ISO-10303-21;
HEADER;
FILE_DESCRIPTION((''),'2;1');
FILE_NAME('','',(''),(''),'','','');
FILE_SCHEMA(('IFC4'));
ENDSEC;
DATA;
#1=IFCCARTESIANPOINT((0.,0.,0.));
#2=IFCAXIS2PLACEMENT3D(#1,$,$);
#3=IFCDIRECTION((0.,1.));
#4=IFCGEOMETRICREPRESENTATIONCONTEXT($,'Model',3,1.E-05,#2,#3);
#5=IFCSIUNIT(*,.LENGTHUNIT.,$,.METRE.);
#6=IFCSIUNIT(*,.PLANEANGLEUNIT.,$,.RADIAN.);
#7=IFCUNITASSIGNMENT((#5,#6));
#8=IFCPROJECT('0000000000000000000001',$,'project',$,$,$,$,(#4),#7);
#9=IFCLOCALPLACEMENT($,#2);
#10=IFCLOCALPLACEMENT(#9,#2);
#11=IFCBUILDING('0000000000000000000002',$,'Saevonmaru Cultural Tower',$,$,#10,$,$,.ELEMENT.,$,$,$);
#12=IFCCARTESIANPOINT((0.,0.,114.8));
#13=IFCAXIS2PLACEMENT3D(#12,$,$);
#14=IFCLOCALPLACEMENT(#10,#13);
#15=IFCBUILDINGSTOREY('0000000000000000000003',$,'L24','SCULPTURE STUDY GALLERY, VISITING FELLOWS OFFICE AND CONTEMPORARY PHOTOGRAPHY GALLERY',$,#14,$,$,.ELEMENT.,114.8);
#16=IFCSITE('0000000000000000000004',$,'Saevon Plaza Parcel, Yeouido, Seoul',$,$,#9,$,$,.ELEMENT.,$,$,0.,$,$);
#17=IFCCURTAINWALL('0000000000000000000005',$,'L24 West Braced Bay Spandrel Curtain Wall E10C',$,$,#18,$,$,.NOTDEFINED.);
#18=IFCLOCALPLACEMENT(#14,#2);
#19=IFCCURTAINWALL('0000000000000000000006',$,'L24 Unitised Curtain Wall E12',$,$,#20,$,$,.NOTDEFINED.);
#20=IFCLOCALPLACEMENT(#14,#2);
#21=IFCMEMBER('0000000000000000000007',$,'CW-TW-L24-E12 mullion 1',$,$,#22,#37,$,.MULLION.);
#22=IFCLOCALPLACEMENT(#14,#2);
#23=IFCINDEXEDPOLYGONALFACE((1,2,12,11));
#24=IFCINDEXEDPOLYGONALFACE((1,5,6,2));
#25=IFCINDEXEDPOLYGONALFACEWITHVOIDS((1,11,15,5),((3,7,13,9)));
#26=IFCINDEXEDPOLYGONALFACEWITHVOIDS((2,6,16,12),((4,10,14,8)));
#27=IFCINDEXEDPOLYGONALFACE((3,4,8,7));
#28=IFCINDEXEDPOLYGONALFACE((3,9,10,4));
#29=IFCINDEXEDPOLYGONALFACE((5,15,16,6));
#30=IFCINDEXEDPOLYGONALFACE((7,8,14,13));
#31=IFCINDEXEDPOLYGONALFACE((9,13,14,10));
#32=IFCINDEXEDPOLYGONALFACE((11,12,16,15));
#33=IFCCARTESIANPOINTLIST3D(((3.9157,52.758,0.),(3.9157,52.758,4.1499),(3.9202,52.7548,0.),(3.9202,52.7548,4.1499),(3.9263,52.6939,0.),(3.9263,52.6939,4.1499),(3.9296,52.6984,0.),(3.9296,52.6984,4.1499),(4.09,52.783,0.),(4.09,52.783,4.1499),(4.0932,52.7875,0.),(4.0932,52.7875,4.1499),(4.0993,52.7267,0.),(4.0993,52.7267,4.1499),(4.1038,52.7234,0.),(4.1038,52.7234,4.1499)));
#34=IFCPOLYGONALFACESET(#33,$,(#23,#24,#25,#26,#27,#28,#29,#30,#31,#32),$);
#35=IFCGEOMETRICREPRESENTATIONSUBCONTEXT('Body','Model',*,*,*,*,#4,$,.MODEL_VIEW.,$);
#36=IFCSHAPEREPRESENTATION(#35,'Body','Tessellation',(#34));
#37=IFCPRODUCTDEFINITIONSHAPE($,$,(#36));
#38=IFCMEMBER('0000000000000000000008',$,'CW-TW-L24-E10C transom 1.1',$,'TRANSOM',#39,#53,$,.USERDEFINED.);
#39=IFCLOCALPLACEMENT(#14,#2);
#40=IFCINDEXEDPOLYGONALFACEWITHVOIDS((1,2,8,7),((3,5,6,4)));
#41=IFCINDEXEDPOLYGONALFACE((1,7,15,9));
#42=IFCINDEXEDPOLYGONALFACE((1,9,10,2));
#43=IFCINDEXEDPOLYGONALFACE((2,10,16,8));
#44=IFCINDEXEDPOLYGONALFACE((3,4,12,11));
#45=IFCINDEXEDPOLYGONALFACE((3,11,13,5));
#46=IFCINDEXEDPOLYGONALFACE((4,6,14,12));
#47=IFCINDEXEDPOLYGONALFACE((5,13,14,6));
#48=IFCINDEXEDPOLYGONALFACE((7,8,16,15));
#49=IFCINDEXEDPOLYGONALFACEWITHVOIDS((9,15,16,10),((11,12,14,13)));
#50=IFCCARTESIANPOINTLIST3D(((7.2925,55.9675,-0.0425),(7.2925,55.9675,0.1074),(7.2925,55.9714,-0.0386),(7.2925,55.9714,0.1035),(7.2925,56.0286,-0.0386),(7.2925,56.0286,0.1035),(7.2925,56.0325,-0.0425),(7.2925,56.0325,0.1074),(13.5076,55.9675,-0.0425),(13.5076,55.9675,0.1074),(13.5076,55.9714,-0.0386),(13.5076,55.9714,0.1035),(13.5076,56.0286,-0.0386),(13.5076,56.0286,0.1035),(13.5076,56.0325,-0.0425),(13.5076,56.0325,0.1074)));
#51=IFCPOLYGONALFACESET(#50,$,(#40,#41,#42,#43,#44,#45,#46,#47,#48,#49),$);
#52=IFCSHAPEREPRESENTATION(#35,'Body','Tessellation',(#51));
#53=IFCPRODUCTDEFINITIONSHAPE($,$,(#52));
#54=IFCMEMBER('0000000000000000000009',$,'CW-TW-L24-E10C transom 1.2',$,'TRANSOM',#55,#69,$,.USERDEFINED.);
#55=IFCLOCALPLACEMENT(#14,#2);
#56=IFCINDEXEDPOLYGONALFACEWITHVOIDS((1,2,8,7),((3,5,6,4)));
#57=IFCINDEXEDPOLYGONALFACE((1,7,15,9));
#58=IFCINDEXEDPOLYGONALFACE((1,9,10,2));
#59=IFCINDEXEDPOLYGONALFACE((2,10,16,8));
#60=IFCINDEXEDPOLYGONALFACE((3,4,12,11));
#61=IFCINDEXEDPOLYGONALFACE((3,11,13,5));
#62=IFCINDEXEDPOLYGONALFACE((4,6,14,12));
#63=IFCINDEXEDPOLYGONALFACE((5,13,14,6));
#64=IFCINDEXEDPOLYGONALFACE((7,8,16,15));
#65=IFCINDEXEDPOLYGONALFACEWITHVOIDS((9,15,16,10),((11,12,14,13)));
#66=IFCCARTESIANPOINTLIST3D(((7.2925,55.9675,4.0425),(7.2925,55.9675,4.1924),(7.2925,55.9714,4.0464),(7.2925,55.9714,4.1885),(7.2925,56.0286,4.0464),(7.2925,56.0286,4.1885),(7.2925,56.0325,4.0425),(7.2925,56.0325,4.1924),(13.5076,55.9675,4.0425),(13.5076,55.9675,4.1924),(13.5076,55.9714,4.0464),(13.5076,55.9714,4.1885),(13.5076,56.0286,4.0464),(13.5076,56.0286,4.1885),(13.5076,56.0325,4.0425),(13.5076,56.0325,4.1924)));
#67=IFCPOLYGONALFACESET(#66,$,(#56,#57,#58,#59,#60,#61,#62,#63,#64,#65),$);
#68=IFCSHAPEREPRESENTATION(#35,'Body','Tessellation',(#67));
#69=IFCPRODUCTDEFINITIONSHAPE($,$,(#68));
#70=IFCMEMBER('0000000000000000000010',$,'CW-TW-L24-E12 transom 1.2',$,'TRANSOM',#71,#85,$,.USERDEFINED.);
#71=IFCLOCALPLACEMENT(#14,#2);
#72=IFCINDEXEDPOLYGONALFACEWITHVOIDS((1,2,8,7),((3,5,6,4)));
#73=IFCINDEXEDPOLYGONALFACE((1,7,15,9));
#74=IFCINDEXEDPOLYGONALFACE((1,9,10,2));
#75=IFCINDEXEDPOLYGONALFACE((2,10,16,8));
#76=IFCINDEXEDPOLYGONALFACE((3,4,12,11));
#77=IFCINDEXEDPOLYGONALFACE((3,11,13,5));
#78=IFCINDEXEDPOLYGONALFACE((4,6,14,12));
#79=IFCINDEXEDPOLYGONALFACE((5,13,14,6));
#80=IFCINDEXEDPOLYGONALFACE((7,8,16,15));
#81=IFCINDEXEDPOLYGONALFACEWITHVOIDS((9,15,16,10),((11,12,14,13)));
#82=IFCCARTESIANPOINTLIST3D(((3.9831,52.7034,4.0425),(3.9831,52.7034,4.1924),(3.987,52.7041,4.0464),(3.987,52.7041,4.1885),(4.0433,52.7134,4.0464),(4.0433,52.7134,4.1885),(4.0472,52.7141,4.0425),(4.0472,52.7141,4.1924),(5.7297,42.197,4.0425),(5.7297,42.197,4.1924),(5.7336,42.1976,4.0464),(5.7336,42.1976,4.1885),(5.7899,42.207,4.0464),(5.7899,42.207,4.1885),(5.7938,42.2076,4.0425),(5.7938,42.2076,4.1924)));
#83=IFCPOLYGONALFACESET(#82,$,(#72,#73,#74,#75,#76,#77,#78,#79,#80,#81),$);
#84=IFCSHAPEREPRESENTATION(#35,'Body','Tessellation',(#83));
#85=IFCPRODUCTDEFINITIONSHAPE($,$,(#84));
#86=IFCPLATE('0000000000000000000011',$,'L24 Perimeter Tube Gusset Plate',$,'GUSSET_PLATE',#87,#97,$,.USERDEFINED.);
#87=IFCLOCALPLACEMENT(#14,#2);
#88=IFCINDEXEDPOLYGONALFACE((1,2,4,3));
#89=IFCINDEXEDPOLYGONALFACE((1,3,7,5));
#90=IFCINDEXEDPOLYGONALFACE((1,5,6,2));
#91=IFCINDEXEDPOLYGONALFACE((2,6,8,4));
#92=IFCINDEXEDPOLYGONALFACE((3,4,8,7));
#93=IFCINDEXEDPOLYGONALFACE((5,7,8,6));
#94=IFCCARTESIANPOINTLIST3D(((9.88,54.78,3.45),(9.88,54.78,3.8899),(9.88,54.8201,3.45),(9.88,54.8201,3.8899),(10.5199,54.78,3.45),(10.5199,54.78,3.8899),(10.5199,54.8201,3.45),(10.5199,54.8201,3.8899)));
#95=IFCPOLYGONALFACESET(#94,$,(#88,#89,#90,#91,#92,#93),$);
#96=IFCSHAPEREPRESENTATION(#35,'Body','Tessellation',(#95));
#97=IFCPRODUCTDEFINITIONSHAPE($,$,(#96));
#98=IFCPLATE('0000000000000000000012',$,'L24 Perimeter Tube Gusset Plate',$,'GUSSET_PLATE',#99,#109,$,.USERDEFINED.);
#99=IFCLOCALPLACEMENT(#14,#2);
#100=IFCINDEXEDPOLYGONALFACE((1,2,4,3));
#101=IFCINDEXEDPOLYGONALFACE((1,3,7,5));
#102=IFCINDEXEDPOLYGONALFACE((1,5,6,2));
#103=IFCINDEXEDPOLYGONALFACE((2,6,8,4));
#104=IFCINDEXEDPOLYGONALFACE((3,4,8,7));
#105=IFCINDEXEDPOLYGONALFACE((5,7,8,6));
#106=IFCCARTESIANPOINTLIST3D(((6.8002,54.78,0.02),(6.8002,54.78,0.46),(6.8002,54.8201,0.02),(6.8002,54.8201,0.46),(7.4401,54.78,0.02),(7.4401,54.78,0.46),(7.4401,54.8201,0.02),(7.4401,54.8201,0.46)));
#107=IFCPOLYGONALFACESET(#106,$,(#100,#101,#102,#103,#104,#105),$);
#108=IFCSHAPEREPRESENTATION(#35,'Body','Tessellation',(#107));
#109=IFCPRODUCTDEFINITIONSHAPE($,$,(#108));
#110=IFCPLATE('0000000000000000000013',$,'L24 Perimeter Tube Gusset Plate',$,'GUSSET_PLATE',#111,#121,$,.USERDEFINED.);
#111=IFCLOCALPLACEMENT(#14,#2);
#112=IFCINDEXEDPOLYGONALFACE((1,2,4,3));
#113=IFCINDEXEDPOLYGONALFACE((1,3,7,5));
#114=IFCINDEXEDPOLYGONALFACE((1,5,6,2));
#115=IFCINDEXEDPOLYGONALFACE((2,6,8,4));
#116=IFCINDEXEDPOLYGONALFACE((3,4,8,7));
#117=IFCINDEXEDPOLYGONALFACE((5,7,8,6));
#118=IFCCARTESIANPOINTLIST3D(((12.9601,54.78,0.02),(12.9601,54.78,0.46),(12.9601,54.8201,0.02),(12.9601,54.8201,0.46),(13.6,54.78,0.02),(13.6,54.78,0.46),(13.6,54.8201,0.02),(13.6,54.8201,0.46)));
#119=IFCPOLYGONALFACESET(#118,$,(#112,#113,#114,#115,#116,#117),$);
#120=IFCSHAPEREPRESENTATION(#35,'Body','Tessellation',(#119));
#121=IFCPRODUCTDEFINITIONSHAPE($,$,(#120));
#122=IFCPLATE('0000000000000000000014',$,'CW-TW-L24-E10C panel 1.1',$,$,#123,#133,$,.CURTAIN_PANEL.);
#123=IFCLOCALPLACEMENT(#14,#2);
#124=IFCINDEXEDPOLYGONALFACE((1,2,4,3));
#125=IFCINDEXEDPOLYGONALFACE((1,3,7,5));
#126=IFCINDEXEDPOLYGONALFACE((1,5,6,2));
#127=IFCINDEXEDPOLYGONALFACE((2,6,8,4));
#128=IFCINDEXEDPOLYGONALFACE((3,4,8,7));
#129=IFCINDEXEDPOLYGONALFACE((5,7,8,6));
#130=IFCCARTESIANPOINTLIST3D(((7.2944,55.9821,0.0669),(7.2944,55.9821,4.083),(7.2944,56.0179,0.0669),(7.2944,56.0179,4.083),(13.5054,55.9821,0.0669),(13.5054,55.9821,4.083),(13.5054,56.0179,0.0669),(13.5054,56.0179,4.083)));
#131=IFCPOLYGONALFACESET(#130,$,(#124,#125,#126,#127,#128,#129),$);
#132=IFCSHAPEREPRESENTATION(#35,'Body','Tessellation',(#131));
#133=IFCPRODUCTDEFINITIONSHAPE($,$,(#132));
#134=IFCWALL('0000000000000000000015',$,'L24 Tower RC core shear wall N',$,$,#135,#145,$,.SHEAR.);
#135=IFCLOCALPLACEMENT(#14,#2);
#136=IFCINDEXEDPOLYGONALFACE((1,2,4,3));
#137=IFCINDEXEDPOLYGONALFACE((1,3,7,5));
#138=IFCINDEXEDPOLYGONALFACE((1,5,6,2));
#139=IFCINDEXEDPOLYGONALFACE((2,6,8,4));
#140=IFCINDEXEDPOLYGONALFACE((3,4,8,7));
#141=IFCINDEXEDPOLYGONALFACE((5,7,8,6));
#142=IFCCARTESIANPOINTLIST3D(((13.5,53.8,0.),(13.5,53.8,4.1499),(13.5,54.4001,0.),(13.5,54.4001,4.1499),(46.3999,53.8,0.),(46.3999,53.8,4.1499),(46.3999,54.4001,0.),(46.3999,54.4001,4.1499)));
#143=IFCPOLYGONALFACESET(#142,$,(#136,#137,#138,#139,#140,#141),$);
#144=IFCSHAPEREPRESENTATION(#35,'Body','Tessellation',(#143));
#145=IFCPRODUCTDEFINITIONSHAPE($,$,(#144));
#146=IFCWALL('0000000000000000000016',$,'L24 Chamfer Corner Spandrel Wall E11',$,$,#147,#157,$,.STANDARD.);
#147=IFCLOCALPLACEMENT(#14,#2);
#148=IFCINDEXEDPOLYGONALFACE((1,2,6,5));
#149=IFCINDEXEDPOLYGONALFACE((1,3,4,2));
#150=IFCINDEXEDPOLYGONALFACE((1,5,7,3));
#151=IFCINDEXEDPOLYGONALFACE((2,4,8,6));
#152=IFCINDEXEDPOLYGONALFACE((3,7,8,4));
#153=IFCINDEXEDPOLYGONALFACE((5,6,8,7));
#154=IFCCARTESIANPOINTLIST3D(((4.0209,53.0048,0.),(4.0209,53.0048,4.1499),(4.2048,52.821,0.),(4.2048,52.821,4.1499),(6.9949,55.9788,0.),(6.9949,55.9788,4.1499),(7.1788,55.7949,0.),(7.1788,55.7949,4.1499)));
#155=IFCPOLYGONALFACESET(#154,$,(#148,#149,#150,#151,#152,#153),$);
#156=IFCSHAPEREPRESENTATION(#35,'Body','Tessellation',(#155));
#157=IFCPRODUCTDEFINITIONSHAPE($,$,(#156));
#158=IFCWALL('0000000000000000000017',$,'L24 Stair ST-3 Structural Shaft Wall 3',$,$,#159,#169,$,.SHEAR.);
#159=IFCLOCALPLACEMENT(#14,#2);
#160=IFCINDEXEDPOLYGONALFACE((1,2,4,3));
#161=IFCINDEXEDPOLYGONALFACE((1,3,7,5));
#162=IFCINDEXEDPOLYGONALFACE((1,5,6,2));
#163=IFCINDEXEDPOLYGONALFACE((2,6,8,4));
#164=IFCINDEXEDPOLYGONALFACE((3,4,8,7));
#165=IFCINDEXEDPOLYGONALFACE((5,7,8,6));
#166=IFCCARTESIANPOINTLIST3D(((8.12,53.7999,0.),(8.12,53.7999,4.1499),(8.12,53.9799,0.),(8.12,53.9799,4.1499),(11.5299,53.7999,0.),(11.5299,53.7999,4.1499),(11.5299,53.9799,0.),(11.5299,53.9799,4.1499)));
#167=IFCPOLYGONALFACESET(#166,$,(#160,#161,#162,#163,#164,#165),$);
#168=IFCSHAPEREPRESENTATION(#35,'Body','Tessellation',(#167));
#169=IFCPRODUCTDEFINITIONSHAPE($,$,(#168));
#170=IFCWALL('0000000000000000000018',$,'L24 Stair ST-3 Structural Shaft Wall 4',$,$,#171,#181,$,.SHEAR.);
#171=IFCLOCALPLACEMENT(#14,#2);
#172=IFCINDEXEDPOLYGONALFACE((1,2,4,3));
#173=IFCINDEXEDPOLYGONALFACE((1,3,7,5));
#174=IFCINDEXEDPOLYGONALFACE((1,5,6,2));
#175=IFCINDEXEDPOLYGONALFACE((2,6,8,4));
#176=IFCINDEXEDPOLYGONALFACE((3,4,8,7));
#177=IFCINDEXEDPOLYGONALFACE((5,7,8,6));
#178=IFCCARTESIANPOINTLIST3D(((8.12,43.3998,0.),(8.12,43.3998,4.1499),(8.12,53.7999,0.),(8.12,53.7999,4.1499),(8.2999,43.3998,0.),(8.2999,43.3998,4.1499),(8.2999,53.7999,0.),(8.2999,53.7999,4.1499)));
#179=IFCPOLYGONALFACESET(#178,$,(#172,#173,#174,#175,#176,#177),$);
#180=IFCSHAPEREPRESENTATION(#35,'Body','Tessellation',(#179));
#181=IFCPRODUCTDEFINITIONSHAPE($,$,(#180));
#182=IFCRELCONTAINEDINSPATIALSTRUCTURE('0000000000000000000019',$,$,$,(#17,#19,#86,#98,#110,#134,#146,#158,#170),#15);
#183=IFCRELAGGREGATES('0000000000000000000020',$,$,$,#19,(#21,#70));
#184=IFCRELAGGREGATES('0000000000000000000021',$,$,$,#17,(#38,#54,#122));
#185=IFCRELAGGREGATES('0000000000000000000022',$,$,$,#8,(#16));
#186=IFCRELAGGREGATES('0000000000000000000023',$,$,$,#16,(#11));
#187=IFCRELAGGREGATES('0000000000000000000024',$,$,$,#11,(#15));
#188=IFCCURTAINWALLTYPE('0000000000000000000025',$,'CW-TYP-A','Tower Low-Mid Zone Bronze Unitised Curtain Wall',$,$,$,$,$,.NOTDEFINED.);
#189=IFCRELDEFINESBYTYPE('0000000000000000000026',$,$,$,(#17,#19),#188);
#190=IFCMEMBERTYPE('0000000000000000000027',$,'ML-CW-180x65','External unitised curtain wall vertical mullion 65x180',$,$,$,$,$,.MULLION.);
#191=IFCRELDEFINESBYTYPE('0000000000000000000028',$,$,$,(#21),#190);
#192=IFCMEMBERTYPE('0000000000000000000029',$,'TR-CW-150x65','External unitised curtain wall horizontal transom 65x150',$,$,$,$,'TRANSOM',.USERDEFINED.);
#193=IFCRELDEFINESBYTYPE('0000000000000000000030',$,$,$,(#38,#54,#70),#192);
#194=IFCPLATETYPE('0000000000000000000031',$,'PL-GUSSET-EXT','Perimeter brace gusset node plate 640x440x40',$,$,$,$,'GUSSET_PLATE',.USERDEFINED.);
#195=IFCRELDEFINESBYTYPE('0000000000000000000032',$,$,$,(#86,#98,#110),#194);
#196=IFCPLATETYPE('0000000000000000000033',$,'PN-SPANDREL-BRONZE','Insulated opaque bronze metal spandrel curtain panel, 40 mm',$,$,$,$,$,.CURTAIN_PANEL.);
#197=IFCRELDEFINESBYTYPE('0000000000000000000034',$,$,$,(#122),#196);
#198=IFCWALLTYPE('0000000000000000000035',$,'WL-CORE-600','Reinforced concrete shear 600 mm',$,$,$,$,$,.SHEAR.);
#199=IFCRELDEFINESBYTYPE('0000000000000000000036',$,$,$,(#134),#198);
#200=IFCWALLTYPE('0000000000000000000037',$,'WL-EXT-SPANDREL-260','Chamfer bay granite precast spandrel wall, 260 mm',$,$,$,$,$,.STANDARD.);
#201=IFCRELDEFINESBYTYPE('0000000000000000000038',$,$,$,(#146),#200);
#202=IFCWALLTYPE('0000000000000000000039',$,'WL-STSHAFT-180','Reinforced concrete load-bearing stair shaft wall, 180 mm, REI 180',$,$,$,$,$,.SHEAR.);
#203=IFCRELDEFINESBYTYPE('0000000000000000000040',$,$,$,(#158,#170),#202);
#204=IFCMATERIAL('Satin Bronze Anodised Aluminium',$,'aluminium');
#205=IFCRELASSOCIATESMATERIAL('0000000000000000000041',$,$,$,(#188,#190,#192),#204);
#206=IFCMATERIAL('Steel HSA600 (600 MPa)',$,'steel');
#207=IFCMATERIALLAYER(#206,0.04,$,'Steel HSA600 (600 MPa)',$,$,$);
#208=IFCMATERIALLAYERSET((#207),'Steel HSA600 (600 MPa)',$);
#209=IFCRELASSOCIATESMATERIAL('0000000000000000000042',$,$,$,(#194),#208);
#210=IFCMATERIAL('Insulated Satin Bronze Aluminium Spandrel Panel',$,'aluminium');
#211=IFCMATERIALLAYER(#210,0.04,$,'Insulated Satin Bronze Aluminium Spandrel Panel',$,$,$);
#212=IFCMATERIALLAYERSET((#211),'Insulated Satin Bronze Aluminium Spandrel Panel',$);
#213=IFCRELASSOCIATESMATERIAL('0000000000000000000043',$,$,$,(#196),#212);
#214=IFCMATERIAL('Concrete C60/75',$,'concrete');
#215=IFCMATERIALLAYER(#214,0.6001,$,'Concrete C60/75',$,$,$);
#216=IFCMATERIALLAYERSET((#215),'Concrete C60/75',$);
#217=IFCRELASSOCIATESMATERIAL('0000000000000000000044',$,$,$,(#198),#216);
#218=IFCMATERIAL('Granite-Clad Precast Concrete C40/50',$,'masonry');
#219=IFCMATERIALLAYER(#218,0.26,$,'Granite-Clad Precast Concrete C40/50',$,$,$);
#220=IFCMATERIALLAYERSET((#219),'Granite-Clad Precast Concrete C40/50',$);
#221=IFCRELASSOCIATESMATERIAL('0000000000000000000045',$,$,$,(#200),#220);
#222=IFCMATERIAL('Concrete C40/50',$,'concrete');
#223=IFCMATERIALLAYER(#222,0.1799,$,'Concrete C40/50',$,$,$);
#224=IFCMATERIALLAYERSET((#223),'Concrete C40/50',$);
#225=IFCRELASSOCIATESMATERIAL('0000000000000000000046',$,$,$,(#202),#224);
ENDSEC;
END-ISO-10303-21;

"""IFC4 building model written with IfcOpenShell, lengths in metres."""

from ifc_helpers import new_model, si_unit, direction, frame, frame_2d, origin, origin_2d, place, context, subcontext, project, spatial, rectangle, hollow_rectangle, extrude, material, layer, layer_set, material_profile, profile_set, type_object, element, aggregate, save


model = new_model("IFC4")

# Units and contexts
model_context = context("Model", 3, precision=1e-05, world=origin(), true_north=direction((0.0, 1.0)))
body_context = subcontext(model_context, "Body", "Model", "MODEL_VIEW")
ifc_project = project(units=[si_unit("LENGTHUNIT", "METRE"), si_unit("PLANEANGLEUNIT", "RADIAN")], contexts=[model_context])

# Site, building, storey
site_placement = place(None, origin())
site = spatial("IfcSite", under=ifc_project, at=site_placement, Name="Saevon Plaza Parcel, Yeouido, Seoul", CompositionType="ELEMENT", RefElevation=0.0)
building_placement = place(site_placement, origin())
building = spatial("IfcBuilding", under=site, at=building_placement, Name="Saevonmaru Cultural Tower", CompositionType="ELEMENT")
storey_placement = place(building_placement, frame((0.0, 0.0, 114.8)))
storey = spatial("IfcBuildingStorey", under=building, at=storey_placement, Name="L24", Description="SCULPTURE STUDY GALLERY, VISITING FELLOWS OFFICE AND CONTEMPORARY PHOTOGRAPHY GALLERY", CompositionType="ELEMENT", Elevation=114.8)

# Shared definitions
ifc_material_1 = material(Name="Steel HSA600 (600 MPa)", Category="steel")

# Shared definitions
ifc_material_2 = material(Name="Satin Bronze Anodised Aluminium", Category="aluminium")
curtain_wall_type = type_object("IfcCurtainWallType", Name="CW-TYP-A", Description="Tower Low-Mid Zone Bronze Unitised Curtain Wall", PredefinedType="NOTDEFINED", material=ifc_material_2)
ifc_material_profile_1 = material_profile(ifc_material_2, hollow_rectangle(XDim=0.0649, YDim=0.1799, WallThickness=0.0039, at=origin_2d()), Name="ALU-MULL-180x65x4")
ifc_profile_set_1 = profile_set([ifc_material_profile_1], Name="Satin Bronze Anodised Aluminium")
member_type_1 = type_object("IfcMemberType", Name="ML-CW-180x65", Description="External unitised curtain wall vertical mullion 65x180", PredefinedType="MULLION", material=ifc_profile_set_1)

# Curtain wall
curtain_wall_1_placement = place(storey_placement, origin())
curtain_wall_1 = element("IfcCurtainWall", 1, at=curtain_wall_1_placement, inside=storey, type_object=curtain_wall_type, Name="L24 West Braced Bay Spandrel Curtain Wall E10C", PredefinedType="NOTDEFINED")

# Curtain wall, member
curtain_wall_2_placement = place(storey_placement, origin())
curtain_wall_2 = element("IfcCurtainWall", 2, at=curtain_wall_2_placement, inside=storey, type_object=curtain_wall_type, Name="L24 Unitised Curtain Wall E12", PredefinedType="NOTDEFINED")
member_1_placement = place(storey_placement, frame((4.0098, 52.7407, 0.0), z_axis=(0.0, 0.0, 1.0), x_axis=(0.163999, -0.986461, 0.0)))
member_1 = element("IfcMember", 3, at=member_1_placement, type_object=member_type_1, Name="CW-TW-L24-E12 mullion 1", PredefinedType="MULLION", context=body_context, shape_type="SweptSolid", body=[
    extrude(hollow_rectangle(XDim=0.0649, YDim=0.1799, WallThickness=0.0039, at=origin_2d()), origin(), (0.0, 0.0, 1.0), 4.1499),
])

# Members
ifc_material_profile_2 = material_profile(ifc_material_2, hollow_rectangle(XDim=0.0649, YDim=0.1499, WallThickness=0.0039, at=origin_2d()), Name="ALU-TRAN-150x65x4")
ifc_profile_set_2 = profile_set([ifc_material_profile_2], Name="Satin Bronze Anodised Aluminium")
member_type_2 = type_object("IfcMemberType", Name="TR-CW-150x65", Description="External unitised curtain wall horizontal transom 65x150", ElementType="TRANSOM", PredefinedType="USERDEFINED", material=ifc_profile_set_2)
member_2_placement = place(storey_placement, frame((13.5076, 56.0, 0.0325), z_axis=(-1.0, 0.0, 0.0), x_axis=(0.0, -1.0, 0.0)))
member_2 = element("IfcMember", 4, at=member_2_placement, type_object=member_type_2, Name="CW-TW-L24-E10C transom 1.1", ObjectType="TRANSOM", PredefinedType="USERDEFINED", context=body_context, shape_type="SweptSolid", body=[
    extrude(hollow_rectangle(XDim=0.0649, YDim=0.1499, WallThickness=0.0039, at=origin_2d()), origin(), (0.0, 0.0, 1.0), 6.2151),
])
member_3_placement = place(storey_placement, frame((13.5076, 56.0, 4.1174), z_axis=(-1.0, 0.0, 0.0), x_axis=(0.0, -1.0, 0.0)))
member_3 = element("IfcMember", 5, at=member_3_placement, type_object=member_type_2, Name="CW-TW-L24-E10C transom 1.2", ObjectType="TRANSOM", PredefinedType="USERDEFINED", context=body_context, shape_type="SweptSolid", body=[
    extrude(hollow_rectangle(XDim=0.0649, YDim=0.1499, WallThickness=0.0039, at=origin_2d()), origin(), (0.0, 0.0, 1.0), 6.2151),
])
member_4_placement = place(storey_placement, frame((4.0151, 52.7087, 4.1174), z_axis=(0.16399, -0.986462, 0.0), x_axis=(0.986462, 0.16399, 0.0)))
member_4 = element("IfcMember", 6, at=member_4_placement, type_object=member_type_2, Name="CW-TW-L24-E12 transom 1.2", ObjectType="TRANSOM", PredefinedType="USERDEFINED", context=body_context, shape_type="SweptSolid", body=[
    extrude(hollow_rectangle(XDim=0.0649, YDim=0.1499, WallThickness=0.0039, at=origin_2d()), origin(), (0.0, 0.0, 1.0), 10.6506),
])
aggregate(curtain_wall_2, [member_1, member_4])

# Plates
ifc_layer_1 = layer(ifc_material_1, 0.04, Name="Steel HSA600 (600 MPa)")
ifc_layer_set_1 = layer_set([ifc_layer_1], Name="Steel HSA600 (600 MPa)")
plate_type_1 = type_object("IfcPlateType", Name="PL-GUSSET-EXT", Description="Perimeter brace gusset node plate 640x440x40", ElementType="GUSSET_PLATE", PredefinedType="USERDEFINED", material=ifc_layer_set_1)
for number, where, z_axis, x_axis, name in (
    (7, (10.2, 54.8, 3.45), (0.0, 0.0, 1.0), (1.0, 0.0, 0.0), "L24 Perimeter Tube Gusset Plate"),
    (8, (7.1201, 54.8, 0.02), (0.0, 0.0, 1.0), (1.0, 0.0, 0.0), "L24 Perimeter Tube Gusset Plate"),
    (9, (13.28, 54.8, 0.02), (0.0, 0.0, 1.0), (1.0, 0.0, 0.0), "L24 Perimeter Tube Gusset Plate"),
):
    element("IfcPlate", number, at=place(storey_placement, frame(where, z_axis=z_axis, x_axis=x_axis)), inside=storey, type_object=plate_type_1, Name=name, ObjectType="GUSSET_PLATE", PredefinedType="USERDEFINED", context=body_context, shape_type="SweptSolid", body=[
        extrude(rectangle(XDim=0.6399, YDim=0.04, at=origin_2d()), origin(), (0.0, 0.0, 1.0), 0.4399),
    ])

# Plate
ifc_material_3 = material(Name="Insulated Satin Bronze Aluminium Spandrel Panel", Category="aluminium")
ifc_layer_2 = layer(ifc_material_3, 0.04, Name="Insulated Satin Bronze Aluminium Spandrel Panel")
ifc_layer_set_2 = layer_set([ifc_layer_2], Name="Insulated Satin Bronze Aluminium Spandrel Panel")
plate_type_2 = type_object("IfcPlateType", Name="PN-SPANDREL-BRONZE", Description="Insulated opaque bronze metal spandrel curtain panel, 40 mm", PredefinedType="CURTAIN_PANEL", material=ifc_layer_set_2)
plate_placement = place(storey_placement, frame((10.3999, 56.0, 0.0669), z_axis=(0.0, 0.0, 1.0), x_axis=(-1.0, 0.0, 0.0)))
plate = element("IfcPlate", 10, at=plate_placement, type_object=plate_type_2, Name="CW-TW-L24-E10C panel 1.1", PredefinedType="CURTAIN_PANEL", context=body_context, shape_type="SweptSolid", body=[
    extrude(rectangle(XDim=6.2109, YDim=0.0359, at=origin_2d()), origin(), (0.0, 0.0, 1.0), 4.0161),
])
aggregate(curtain_wall_1, [member_2, member_3, plate])

# Walls
ifc_material_4 = material(Name="Concrete C60/75", Category="concrete")
ifc_layer_3 = layer(ifc_material_4, 0.6001, Name="Concrete C60/75")
ifc_layer_set_3 = layer_set([ifc_layer_3], Name="Concrete C60/75")
wall_type_1 = type_object("IfcWallType", Name="WL-CORE-600", Description="Reinforced concrete shear 600 mm", PredefinedType="SHEAR", material=ifc_layer_set_3)
wall_1_placement = place(storey_placement, frame((13.5, 54.1001, 0.0), z_axis=(0.0, 0.0, 1.0), x_axis=(1.0, 0.0, 0.0)))
element("IfcWall", 11, at=wall_1_placement, inside=storey, type_object=wall_type_1, Name="L24 Tower RC core shear wall N", PredefinedType="SHEAR", context=body_context, shape_type="SweptSolid", body=[
    extrude(rectangle(XDim=32.8999, YDim=0.6001, at=frame_2d((16.45, 0.0))), origin(), (0.0, 0.0, 1.0), 4.1499),
])
ifc_material_5 = material(Name="Granite-Clad Precast Concrete C40/50", Category="masonry")
ifc_layer_4 = layer(ifc_material_5, 0.26, Name="Granite-Clad Precast Concrete C40/50")
ifc_layer_set_4 = layer_set([ifc_layer_4], Name="Granite-Clad Precast Concrete C40/50")
wall_type_2 = type_object("IfcWallType", Name="WL-EXT-SPANDREL-260", Description="Chamfer bay granite precast spandrel wall, 260 mm", PredefinedType="STANDARD", material=ifc_layer_set_4)
wall_2_placement = place(storey_placement, frame((7.0869, 55.887, 0.0), z_axis=(0.0, 0.0, 1.0), x_axis=(-0.707107, -0.707107, 0.0)))
element("IfcWall", 12, at=wall_2_placement, inside=storey, type_object=wall_type_2, Name="L24 Chamfer Corner Spandrel Wall E11", PredefinedType="STANDARD", context=body_context, shape_type="SweptSolid", body=[
    extrude(rectangle(XDim=4.2058, YDim=0.26, at=frame_2d((2.103, 0.0))), origin(), (0.0, 0.0, 1.0), 4.1499),
])
ifc_material_6 = material(Name="Concrete C40/50", Category="concrete")
ifc_layer_5 = layer(ifc_material_6, 0.1799, Name="Concrete C40/50")
ifc_layer_set_5 = layer_set([ifc_layer_5], Name="Concrete C40/50")
wall_type_3 = type_object("IfcWallType", Name="WL-STSHAFT-180", Description="Reinforced concrete load-bearing stair shaft wall, 180 mm, REI 180", PredefinedType="SHEAR", material=ifc_layer_set_5)
wall_3_placement = place(storey_placement, frame((11.53, 53.8899, 0.0), z_axis=(0.0, 0.0, 1.0), x_axis=(-1.0, 0.0, 0.0)))
element("IfcWall", 13, at=wall_3_placement, inside=storey, type_object=wall_type_3, Name="L24 Stair ST-3 Structural Shaft Wall 3", PredefinedType="SHEAR", context=body_context, shape_type="SweptSolid", body=[
    extrude(rectangle(XDim=3.4099, YDim=0.1799, at=frame_2d((1.7051, 0.0))), origin(), (0.0, 0.0, 1.0), 4.1499),
])
wall_4_placement = place(storey_placement, frame((8.21, 53.8, 0.0), z_axis=(0.0, 0.0, 1.0), x_axis=(0.0, -1.0, 0.0)))
element("IfcWall", 14, at=wall_4_placement, inside=storey, type_object=wall_type_3, Name="L24 Stair ST-3 Structural Shaft Wall 4", PredefinedType="SHEAR", context=body_context, shape_type="SweptSolid", body=[
    extrude(rectangle(XDim=10.4001, YDim=0.1799, at=frame_2d((5.2002, 0.0))), origin(), (0.0, 0.0, 1.0), 4.1499),
])

save(model, "model.ifc")
